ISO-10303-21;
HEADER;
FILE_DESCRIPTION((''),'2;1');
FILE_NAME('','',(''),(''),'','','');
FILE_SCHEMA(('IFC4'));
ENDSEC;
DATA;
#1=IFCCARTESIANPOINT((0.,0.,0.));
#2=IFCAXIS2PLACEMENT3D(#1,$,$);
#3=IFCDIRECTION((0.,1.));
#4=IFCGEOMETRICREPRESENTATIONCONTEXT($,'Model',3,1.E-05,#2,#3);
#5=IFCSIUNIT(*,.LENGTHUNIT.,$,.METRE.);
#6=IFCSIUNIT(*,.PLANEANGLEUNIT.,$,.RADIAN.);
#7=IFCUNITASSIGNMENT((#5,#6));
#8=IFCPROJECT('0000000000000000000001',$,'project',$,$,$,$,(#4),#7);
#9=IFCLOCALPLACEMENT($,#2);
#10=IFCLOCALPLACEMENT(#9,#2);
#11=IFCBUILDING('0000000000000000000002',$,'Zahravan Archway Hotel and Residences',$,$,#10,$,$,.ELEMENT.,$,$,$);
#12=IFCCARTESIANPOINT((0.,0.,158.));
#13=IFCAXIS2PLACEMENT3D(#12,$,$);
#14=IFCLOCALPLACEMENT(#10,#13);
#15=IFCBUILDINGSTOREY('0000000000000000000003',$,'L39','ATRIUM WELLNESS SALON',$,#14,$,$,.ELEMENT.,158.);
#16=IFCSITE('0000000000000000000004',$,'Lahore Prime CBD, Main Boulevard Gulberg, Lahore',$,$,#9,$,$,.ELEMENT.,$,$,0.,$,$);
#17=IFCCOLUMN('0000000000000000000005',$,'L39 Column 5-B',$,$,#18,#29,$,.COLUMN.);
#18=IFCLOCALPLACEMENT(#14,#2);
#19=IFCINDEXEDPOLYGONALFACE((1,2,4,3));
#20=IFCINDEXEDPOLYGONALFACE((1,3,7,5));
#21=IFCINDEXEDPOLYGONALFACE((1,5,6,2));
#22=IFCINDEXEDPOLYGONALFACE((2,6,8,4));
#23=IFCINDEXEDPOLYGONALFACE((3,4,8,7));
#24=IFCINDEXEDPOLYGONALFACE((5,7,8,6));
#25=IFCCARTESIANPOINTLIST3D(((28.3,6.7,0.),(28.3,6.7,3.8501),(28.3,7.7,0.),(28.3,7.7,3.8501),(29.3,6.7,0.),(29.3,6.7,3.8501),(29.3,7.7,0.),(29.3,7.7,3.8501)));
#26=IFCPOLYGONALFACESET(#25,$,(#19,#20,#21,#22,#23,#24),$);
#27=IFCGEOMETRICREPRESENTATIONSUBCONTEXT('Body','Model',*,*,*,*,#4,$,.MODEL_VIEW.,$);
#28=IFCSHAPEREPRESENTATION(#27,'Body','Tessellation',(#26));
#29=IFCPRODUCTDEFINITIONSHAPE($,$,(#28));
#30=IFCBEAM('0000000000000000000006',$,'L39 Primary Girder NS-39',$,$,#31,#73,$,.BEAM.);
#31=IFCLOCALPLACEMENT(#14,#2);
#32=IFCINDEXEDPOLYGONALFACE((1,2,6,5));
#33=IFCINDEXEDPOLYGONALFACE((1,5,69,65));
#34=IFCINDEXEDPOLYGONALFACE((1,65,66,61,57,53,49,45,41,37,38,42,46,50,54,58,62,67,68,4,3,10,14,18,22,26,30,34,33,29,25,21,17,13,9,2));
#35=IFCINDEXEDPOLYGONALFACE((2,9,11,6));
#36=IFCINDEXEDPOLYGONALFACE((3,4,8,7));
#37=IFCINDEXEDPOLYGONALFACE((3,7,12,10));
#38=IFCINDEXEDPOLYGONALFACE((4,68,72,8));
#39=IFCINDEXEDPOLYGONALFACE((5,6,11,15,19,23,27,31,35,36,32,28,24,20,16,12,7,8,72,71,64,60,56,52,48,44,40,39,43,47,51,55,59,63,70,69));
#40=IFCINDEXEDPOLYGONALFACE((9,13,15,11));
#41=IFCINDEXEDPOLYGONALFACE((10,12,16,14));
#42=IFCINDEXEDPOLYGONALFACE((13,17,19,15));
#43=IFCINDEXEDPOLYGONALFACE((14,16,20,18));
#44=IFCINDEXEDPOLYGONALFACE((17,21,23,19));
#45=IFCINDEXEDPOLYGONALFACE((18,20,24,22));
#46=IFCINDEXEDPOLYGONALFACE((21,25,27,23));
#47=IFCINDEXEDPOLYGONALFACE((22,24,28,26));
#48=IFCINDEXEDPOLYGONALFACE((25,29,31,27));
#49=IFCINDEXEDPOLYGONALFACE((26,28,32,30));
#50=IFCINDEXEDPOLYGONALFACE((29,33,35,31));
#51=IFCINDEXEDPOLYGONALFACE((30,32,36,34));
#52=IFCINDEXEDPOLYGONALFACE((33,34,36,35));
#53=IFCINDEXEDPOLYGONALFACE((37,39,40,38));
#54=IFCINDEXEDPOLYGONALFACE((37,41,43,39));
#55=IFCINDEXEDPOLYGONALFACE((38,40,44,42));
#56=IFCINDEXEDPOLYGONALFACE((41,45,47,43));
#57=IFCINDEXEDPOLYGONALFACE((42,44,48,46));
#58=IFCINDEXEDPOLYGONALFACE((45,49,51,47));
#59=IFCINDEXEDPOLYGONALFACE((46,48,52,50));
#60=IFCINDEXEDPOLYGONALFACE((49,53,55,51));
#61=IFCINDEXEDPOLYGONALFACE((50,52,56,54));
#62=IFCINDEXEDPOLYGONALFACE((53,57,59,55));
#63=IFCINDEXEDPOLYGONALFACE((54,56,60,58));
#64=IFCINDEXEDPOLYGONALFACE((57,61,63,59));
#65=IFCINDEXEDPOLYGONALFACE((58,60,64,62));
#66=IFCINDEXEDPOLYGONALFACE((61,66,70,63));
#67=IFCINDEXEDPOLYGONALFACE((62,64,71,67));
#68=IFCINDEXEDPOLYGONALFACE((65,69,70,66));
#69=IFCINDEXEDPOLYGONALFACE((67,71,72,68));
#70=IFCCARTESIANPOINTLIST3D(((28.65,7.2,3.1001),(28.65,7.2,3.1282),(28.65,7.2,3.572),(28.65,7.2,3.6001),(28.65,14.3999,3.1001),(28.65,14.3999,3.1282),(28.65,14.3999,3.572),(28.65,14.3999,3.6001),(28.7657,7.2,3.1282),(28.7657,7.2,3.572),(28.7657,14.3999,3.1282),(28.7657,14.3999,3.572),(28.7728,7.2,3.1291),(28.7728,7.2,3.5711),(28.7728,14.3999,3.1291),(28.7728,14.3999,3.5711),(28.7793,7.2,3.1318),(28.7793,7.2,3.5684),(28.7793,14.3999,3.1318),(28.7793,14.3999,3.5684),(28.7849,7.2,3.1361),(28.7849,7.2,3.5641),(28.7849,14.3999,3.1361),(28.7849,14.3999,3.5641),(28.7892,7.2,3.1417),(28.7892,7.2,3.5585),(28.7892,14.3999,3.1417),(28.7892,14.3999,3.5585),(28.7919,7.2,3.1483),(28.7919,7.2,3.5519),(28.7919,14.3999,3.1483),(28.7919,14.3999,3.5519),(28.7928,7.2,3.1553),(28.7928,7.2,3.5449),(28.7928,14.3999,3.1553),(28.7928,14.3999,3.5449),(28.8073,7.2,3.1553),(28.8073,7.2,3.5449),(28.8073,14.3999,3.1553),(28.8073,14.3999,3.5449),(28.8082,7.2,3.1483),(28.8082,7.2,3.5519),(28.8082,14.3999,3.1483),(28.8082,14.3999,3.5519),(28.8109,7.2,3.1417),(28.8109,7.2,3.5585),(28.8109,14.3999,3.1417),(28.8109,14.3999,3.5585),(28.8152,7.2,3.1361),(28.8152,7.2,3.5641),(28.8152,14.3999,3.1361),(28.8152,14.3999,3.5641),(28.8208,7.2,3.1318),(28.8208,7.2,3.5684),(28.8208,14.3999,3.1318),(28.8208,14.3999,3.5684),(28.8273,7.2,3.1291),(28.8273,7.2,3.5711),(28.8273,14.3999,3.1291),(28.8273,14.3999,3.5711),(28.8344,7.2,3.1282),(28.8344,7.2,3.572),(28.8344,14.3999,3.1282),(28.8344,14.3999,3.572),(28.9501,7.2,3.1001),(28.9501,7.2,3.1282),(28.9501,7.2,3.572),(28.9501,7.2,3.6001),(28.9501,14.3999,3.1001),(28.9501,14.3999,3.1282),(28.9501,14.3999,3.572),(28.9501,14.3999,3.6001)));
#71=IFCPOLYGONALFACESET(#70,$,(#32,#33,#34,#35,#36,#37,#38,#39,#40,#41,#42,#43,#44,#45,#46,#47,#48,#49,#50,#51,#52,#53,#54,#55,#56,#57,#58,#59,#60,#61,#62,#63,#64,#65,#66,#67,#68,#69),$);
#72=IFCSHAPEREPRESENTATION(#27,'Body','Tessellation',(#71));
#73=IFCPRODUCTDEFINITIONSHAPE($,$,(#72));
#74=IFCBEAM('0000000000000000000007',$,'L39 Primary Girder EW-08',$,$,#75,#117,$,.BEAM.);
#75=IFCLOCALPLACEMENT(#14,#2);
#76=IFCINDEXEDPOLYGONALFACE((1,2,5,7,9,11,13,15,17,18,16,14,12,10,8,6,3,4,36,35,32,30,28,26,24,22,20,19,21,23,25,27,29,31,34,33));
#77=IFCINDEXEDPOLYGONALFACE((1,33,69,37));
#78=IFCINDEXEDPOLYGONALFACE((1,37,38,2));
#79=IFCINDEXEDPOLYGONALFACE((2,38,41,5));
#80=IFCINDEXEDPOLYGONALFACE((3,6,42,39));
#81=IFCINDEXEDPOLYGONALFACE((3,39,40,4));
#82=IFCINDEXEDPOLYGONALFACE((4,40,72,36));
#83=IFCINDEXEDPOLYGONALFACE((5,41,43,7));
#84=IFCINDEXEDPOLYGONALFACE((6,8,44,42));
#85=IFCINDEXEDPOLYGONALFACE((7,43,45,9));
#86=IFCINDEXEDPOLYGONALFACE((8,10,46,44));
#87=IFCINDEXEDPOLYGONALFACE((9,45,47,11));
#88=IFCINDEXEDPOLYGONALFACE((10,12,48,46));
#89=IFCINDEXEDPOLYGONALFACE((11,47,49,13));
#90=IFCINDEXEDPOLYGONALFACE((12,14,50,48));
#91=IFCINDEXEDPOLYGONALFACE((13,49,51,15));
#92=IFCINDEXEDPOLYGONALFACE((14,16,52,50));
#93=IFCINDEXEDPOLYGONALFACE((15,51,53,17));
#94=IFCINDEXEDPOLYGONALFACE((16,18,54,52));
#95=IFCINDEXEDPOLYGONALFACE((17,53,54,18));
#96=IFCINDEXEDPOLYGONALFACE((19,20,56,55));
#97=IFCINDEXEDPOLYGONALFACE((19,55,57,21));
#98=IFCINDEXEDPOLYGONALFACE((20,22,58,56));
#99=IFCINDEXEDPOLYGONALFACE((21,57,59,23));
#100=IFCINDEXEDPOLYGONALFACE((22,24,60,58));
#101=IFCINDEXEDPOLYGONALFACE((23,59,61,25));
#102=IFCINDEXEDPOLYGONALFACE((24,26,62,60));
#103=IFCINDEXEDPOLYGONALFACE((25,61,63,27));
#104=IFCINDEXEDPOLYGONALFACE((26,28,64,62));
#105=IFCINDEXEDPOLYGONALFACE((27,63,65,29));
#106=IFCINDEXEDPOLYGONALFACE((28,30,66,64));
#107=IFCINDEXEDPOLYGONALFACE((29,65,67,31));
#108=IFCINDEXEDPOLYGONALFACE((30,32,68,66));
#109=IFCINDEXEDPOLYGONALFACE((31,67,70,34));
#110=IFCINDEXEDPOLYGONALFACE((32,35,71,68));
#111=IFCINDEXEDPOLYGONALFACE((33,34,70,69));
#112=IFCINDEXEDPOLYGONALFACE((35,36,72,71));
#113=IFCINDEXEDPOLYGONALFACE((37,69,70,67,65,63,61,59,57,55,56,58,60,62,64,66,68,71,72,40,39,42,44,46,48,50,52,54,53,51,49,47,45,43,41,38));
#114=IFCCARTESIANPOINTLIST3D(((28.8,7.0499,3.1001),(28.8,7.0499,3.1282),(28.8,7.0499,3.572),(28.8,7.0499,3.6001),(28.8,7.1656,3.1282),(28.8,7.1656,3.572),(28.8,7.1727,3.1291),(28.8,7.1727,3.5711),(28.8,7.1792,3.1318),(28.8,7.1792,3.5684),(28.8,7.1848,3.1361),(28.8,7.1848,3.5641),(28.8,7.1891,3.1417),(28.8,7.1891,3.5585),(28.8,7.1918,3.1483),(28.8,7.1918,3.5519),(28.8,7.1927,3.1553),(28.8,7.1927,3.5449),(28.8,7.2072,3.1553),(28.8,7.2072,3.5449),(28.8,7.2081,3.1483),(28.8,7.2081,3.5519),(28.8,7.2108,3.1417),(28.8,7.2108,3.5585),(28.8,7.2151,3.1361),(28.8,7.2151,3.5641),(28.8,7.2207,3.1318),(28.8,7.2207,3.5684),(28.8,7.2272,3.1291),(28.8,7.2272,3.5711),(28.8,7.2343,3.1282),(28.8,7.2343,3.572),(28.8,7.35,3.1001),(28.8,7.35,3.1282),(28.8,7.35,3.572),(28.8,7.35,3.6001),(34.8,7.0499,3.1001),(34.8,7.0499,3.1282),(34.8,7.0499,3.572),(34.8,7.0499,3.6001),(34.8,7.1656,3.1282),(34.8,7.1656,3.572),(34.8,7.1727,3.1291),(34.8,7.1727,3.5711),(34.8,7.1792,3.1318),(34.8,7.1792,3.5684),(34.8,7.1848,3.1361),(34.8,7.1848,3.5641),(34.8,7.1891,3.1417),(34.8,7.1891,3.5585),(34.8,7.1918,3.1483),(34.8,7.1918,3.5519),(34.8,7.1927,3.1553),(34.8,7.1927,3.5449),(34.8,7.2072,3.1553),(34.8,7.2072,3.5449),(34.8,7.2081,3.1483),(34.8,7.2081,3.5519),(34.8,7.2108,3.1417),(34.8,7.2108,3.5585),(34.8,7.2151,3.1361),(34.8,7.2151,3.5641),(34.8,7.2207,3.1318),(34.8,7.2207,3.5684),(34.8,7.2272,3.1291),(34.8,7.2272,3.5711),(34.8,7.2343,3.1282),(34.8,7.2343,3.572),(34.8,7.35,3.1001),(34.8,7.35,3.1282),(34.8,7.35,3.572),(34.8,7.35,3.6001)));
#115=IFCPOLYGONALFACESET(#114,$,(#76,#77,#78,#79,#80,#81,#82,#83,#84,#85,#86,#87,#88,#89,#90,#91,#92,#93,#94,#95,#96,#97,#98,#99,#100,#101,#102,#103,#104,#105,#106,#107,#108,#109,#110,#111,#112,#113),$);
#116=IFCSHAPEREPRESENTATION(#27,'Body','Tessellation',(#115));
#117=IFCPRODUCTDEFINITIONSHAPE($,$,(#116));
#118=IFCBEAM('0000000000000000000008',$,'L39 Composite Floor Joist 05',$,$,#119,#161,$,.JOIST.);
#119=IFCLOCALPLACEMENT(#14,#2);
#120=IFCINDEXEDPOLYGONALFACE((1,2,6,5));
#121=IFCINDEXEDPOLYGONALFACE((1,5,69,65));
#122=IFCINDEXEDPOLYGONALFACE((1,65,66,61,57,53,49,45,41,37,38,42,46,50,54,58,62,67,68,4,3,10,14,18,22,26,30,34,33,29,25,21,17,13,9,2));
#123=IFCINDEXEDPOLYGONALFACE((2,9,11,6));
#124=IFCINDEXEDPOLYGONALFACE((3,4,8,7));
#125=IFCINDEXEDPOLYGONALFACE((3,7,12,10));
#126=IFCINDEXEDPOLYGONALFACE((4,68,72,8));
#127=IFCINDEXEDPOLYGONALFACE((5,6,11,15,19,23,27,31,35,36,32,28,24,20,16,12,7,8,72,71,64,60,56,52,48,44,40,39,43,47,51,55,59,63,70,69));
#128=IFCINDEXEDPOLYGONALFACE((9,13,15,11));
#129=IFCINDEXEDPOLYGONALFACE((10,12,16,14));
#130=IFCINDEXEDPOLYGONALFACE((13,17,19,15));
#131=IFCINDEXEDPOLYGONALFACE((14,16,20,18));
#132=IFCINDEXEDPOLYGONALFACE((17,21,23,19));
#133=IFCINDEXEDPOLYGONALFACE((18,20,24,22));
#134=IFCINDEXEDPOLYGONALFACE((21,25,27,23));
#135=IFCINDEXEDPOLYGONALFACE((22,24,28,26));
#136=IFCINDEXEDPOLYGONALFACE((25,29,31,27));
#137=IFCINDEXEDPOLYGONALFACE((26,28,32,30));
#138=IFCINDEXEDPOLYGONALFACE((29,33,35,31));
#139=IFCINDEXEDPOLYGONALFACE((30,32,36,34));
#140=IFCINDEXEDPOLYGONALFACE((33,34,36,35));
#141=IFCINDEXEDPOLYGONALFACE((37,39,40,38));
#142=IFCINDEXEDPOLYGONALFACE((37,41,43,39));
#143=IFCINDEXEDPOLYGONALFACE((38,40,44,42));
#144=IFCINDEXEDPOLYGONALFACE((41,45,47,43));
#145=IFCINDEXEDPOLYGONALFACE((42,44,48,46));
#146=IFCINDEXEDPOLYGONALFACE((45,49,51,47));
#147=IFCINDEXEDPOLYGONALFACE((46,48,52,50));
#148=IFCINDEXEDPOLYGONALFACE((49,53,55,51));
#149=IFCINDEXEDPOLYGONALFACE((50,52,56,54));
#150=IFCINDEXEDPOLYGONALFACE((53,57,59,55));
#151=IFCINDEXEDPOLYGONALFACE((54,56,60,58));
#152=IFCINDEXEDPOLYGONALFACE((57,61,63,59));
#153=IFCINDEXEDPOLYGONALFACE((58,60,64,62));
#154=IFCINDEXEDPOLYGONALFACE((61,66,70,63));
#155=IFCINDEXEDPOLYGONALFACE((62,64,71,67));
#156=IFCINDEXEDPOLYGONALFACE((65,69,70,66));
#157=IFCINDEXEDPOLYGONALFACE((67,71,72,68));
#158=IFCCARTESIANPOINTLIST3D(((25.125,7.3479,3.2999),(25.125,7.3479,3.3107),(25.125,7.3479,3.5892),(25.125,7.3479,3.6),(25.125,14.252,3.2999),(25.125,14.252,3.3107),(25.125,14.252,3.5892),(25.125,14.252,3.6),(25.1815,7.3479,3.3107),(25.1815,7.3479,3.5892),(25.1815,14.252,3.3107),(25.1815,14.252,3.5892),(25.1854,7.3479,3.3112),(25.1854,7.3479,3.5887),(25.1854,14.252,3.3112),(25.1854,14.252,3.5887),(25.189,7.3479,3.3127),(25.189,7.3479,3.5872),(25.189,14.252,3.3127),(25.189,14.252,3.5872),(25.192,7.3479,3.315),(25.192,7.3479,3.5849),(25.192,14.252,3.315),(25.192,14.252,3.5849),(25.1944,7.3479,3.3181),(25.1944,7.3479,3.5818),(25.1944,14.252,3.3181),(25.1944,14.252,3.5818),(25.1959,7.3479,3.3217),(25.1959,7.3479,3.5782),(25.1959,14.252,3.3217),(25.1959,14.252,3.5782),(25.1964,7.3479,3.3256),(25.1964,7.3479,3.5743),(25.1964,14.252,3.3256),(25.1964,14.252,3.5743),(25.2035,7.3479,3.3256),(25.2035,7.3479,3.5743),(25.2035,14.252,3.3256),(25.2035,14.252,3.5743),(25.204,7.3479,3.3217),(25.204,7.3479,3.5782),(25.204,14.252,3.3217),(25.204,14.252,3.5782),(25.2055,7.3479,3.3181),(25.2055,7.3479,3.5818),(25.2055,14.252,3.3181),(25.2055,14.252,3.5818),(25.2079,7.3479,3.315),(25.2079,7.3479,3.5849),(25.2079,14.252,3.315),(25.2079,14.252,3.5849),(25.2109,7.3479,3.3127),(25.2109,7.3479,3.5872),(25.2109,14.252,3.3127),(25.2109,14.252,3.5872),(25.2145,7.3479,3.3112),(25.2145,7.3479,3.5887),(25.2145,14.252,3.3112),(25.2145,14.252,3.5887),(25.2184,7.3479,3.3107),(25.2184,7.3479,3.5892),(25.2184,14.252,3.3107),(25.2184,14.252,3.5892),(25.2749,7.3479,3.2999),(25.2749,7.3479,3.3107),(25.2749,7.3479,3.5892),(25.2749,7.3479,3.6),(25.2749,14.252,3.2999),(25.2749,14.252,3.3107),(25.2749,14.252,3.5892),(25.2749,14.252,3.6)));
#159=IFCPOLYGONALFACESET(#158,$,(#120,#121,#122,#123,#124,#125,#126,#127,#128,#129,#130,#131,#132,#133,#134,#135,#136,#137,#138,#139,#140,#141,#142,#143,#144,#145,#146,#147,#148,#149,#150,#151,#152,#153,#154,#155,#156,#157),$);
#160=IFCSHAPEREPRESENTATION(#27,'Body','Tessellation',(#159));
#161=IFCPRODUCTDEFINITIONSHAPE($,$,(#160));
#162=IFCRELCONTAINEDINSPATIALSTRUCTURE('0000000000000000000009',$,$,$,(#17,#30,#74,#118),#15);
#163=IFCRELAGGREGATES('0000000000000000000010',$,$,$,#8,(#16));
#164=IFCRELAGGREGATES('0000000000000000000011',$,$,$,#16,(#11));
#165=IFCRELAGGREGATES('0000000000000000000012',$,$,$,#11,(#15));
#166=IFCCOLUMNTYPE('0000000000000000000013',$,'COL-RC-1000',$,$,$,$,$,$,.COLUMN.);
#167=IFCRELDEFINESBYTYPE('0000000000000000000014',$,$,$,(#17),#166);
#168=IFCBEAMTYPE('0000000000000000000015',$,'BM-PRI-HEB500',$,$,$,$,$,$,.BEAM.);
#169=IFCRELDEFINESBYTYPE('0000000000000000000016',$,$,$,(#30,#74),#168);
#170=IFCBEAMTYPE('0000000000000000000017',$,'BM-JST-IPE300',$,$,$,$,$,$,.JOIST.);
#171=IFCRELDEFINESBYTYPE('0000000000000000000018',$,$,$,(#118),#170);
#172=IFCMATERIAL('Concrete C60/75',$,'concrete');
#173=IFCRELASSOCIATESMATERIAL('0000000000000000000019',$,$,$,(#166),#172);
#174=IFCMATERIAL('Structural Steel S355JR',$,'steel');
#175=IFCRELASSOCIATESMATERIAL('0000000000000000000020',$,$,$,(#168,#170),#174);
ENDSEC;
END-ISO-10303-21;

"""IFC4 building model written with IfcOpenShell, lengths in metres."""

from ifc_helpers import new_model, si_unit, direction, frame, origin, origin_2d, place, context, subcontext, project, spatial, rectangle, i_section, extrude, source, transform, mapped, material, material_profile, profile_set, type_object, type_shapes, element, save


model = new_model("IFC4")

# Units and contexts
model_context = context("Model", 3, precision=1e-05, world=origin(), true_north=direction((0.0, 1.0)))
body_context = subcontext(model_context, "Body", "Model", "MODEL_VIEW")
ifc_project = project(units=[si_unit("LENGTHUNIT", "METRE"), si_unit("PLANEANGLEUNIT", "RADIAN")], contexts=[model_context])

# Site, building, storey
site_placement = place(None, origin())
site = spatial("IfcSite", under=ifc_project, at=site_placement, Name="Lahore Prime CBD, Main Boulevard Gulberg, Lahore", CompositionType="ELEMENT", RefElevation=0.0)
building_placement = place(site_placement, origin())
building = spatial("IfcBuilding", under=site, at=building_placement, Name="Zahravan Archway Hotel and Residences", CompositionType="ELEMENT")
storey_placement = place(building_placement, frame((0.0, 0.0, 158.0)))
storey = spatial("IfcBuildingStorey", under=building, at=storey_placement, Name="L39", Description="ATRIUM WELLNESS SALON", CompositionType="ELEMENT", Elevation=158.0)

# Column
ifc_material_1 = material(Name="Concrete C60/75", Category="concrete")
ifc_material_profile_1 = material_profile(ifc_material_1, rectangle(XDim=1.0, YDim=1.0, at=origin_2d()), Name="RC-COL-1000x1000", Category="concrete")
ifc_profile_set_1 = profile_set([ifc_material_profile_1], Name="Concrete C60/75")
column_type = type_object("IfcColumnType", Name="COL-RC-1000", PredefinedType="COLUMN", material=ifc_profile_set_1)
shared_shape_1 = source(origin(), body_context, "Body", "SweptSolid", [
    extrude(rectangle(XDim=1.0, YDim=1.0, at=origin_2d()), origin(), (0.0, 0.0, 1.0), 3.8501),
])
column_placement = place(storey_placement, frame((28.8, 7.2, 0.0), z_axis=(0.0, 0.0, 1.0), x_axis=(1.0, 0.0, 0.0)))
element("IfcColumn", 1, at=column_placement, inside=storey, type_object=column_type, Name="L39 Column 5-B", PredefinedType="COLUMN", context=body_context, shape_type="MappedRepresentation", body=[
    mapped(shared_shape_1, transform((0.0, 0.0, 0.0), scale=1.0)),
])

# Beams
ifc_material_2 = material(Name="Structural Steel S355JR", Category="steel")
ifc_material_profile_2 = material_profile(ifc_material_2, i_section(OverallWidth=0.3, OverallDepth=0.5, WebThickness=0.0144, FlangeThickness=0.0281, FilletRadius=0.0271, at=origin_2d()), Name="HEB 500", Category="steel")
ifc_profile_set_2 = profile_set([ifc_material_profile_2], Name="Structural Steel S355JR")
beam_type_1 = type_object("IfcBeamType", Name="BM-PRI-HEB500", PredefinedType="BEAM", material=ifc_profile_set_2)
shared_shape_2 = source(origin(), body_context, "Body", "SweptSolid", [
    extrude(i_section(OverallWidth=0.3, OverallDepth=0.5, WebThickness=0.0144, FlangeThickness=0.0281, FilletRadius=0.0271, at=origin_2d()), origin(), (0.0, 0.0, 1.0), 7.2),
])
beam_1_placement = place(storey_placement, frame((28.8, 7.2, 3.3501), z_axis=(0.0, 1.0, 0.0), x_axis=(-1.0, 0.0, 0.0)))
element("IfcBeam", 2, at=beam_1_placement, inside=storey, type_object=beam_type_1, Name="L39 Primary Girder NS-39", PredefinedType="BEAM", context=body_context, shape_type="MappedRepresentation", body=[
    mapped(shared_shape_2, transform((0.0, 0.0, 0.0), scale=1.0)),
])
shared_shape_3 = source(origin(), body_context, "Body", "SweptSolid", [
    extrude(i_section(OverallWidth=0.3, OverallDepth=0.5, WebThickness=0.0144, FlangeThickness=0.0281, FilletRadius=0.0271, at=origin_2d()), origin(), (0.0, 0.0, 1.0), 6.0),
])
beam_2_placement = place(storey_placement, frame((28.8, 7.2, 3.3501), z_axis=(1.0, 0.0, 0.0), x_axis=(0.0, 1.0, 0.0)))
element("IfcBeam", 3, at=beam_2_placement, inside=storey, type_object=beam_type_1, Name="L39 Primary Girder EW-08", PredefinedType="BEAM", context=body_context, shape_type="MappedRepresentation", body=[
    mapped(shared_shape_3, transform((0.0, 0.0, 0.0), scale=1.0)),
])
ifc_material_profile_3 = material_profile(ifc_material_2, i_section(OverallWidth=0.1499, OverallDepth=0.3, WebThickness=0.0071, FlangeThickness=0.0107, FilletRadius=0.0149, at=origin_2d()), Name="IPE 300", Category="steel")
ifc_profile_set_3 = profile_set([ifc_material_profile_3], Name="Structural Steel S355JR")
beam_type_2 = type_object("IfcBeamType", Name="BM-JST-IPE300", PredefinedType="JOIST", material=ifc_profile_set_3)
shared_shape_4 = source(origin(), body_context, "Body", "SweptSolid", [
    extrude(i_section(OverallWidth=0.1499, OverallDepth=0.3, WebThickness=0.0071, FlangeThickness=0.0107, FilletRadius=0.0149, at=origin_2d()), origin(), (0.0, 0.0, 1.0), 6.9041),
])
type_shapes(beam_type_2, [shared_shape_4])
beam_3_placement = place(storey_placement, frame((25.2, 7.3479, 3.45), z_axis=(0.0, 1.0, 0.0), x_axis=(-1.0, 0.0, 0.0)))
element("IfcBeam", 4, at=beam_3_placement, inside=storey, type_object=beam_type_2, Name="L39 Composite Floor Joist 05", PredefinedType="JOIST", context=body_context, shape_type="MappedRepresentation", body=[
    mapped(shared_shape_4, transform((0.0, 0.0, 0.0), scale=1.0)),
])

save(model, "model.ifc")
